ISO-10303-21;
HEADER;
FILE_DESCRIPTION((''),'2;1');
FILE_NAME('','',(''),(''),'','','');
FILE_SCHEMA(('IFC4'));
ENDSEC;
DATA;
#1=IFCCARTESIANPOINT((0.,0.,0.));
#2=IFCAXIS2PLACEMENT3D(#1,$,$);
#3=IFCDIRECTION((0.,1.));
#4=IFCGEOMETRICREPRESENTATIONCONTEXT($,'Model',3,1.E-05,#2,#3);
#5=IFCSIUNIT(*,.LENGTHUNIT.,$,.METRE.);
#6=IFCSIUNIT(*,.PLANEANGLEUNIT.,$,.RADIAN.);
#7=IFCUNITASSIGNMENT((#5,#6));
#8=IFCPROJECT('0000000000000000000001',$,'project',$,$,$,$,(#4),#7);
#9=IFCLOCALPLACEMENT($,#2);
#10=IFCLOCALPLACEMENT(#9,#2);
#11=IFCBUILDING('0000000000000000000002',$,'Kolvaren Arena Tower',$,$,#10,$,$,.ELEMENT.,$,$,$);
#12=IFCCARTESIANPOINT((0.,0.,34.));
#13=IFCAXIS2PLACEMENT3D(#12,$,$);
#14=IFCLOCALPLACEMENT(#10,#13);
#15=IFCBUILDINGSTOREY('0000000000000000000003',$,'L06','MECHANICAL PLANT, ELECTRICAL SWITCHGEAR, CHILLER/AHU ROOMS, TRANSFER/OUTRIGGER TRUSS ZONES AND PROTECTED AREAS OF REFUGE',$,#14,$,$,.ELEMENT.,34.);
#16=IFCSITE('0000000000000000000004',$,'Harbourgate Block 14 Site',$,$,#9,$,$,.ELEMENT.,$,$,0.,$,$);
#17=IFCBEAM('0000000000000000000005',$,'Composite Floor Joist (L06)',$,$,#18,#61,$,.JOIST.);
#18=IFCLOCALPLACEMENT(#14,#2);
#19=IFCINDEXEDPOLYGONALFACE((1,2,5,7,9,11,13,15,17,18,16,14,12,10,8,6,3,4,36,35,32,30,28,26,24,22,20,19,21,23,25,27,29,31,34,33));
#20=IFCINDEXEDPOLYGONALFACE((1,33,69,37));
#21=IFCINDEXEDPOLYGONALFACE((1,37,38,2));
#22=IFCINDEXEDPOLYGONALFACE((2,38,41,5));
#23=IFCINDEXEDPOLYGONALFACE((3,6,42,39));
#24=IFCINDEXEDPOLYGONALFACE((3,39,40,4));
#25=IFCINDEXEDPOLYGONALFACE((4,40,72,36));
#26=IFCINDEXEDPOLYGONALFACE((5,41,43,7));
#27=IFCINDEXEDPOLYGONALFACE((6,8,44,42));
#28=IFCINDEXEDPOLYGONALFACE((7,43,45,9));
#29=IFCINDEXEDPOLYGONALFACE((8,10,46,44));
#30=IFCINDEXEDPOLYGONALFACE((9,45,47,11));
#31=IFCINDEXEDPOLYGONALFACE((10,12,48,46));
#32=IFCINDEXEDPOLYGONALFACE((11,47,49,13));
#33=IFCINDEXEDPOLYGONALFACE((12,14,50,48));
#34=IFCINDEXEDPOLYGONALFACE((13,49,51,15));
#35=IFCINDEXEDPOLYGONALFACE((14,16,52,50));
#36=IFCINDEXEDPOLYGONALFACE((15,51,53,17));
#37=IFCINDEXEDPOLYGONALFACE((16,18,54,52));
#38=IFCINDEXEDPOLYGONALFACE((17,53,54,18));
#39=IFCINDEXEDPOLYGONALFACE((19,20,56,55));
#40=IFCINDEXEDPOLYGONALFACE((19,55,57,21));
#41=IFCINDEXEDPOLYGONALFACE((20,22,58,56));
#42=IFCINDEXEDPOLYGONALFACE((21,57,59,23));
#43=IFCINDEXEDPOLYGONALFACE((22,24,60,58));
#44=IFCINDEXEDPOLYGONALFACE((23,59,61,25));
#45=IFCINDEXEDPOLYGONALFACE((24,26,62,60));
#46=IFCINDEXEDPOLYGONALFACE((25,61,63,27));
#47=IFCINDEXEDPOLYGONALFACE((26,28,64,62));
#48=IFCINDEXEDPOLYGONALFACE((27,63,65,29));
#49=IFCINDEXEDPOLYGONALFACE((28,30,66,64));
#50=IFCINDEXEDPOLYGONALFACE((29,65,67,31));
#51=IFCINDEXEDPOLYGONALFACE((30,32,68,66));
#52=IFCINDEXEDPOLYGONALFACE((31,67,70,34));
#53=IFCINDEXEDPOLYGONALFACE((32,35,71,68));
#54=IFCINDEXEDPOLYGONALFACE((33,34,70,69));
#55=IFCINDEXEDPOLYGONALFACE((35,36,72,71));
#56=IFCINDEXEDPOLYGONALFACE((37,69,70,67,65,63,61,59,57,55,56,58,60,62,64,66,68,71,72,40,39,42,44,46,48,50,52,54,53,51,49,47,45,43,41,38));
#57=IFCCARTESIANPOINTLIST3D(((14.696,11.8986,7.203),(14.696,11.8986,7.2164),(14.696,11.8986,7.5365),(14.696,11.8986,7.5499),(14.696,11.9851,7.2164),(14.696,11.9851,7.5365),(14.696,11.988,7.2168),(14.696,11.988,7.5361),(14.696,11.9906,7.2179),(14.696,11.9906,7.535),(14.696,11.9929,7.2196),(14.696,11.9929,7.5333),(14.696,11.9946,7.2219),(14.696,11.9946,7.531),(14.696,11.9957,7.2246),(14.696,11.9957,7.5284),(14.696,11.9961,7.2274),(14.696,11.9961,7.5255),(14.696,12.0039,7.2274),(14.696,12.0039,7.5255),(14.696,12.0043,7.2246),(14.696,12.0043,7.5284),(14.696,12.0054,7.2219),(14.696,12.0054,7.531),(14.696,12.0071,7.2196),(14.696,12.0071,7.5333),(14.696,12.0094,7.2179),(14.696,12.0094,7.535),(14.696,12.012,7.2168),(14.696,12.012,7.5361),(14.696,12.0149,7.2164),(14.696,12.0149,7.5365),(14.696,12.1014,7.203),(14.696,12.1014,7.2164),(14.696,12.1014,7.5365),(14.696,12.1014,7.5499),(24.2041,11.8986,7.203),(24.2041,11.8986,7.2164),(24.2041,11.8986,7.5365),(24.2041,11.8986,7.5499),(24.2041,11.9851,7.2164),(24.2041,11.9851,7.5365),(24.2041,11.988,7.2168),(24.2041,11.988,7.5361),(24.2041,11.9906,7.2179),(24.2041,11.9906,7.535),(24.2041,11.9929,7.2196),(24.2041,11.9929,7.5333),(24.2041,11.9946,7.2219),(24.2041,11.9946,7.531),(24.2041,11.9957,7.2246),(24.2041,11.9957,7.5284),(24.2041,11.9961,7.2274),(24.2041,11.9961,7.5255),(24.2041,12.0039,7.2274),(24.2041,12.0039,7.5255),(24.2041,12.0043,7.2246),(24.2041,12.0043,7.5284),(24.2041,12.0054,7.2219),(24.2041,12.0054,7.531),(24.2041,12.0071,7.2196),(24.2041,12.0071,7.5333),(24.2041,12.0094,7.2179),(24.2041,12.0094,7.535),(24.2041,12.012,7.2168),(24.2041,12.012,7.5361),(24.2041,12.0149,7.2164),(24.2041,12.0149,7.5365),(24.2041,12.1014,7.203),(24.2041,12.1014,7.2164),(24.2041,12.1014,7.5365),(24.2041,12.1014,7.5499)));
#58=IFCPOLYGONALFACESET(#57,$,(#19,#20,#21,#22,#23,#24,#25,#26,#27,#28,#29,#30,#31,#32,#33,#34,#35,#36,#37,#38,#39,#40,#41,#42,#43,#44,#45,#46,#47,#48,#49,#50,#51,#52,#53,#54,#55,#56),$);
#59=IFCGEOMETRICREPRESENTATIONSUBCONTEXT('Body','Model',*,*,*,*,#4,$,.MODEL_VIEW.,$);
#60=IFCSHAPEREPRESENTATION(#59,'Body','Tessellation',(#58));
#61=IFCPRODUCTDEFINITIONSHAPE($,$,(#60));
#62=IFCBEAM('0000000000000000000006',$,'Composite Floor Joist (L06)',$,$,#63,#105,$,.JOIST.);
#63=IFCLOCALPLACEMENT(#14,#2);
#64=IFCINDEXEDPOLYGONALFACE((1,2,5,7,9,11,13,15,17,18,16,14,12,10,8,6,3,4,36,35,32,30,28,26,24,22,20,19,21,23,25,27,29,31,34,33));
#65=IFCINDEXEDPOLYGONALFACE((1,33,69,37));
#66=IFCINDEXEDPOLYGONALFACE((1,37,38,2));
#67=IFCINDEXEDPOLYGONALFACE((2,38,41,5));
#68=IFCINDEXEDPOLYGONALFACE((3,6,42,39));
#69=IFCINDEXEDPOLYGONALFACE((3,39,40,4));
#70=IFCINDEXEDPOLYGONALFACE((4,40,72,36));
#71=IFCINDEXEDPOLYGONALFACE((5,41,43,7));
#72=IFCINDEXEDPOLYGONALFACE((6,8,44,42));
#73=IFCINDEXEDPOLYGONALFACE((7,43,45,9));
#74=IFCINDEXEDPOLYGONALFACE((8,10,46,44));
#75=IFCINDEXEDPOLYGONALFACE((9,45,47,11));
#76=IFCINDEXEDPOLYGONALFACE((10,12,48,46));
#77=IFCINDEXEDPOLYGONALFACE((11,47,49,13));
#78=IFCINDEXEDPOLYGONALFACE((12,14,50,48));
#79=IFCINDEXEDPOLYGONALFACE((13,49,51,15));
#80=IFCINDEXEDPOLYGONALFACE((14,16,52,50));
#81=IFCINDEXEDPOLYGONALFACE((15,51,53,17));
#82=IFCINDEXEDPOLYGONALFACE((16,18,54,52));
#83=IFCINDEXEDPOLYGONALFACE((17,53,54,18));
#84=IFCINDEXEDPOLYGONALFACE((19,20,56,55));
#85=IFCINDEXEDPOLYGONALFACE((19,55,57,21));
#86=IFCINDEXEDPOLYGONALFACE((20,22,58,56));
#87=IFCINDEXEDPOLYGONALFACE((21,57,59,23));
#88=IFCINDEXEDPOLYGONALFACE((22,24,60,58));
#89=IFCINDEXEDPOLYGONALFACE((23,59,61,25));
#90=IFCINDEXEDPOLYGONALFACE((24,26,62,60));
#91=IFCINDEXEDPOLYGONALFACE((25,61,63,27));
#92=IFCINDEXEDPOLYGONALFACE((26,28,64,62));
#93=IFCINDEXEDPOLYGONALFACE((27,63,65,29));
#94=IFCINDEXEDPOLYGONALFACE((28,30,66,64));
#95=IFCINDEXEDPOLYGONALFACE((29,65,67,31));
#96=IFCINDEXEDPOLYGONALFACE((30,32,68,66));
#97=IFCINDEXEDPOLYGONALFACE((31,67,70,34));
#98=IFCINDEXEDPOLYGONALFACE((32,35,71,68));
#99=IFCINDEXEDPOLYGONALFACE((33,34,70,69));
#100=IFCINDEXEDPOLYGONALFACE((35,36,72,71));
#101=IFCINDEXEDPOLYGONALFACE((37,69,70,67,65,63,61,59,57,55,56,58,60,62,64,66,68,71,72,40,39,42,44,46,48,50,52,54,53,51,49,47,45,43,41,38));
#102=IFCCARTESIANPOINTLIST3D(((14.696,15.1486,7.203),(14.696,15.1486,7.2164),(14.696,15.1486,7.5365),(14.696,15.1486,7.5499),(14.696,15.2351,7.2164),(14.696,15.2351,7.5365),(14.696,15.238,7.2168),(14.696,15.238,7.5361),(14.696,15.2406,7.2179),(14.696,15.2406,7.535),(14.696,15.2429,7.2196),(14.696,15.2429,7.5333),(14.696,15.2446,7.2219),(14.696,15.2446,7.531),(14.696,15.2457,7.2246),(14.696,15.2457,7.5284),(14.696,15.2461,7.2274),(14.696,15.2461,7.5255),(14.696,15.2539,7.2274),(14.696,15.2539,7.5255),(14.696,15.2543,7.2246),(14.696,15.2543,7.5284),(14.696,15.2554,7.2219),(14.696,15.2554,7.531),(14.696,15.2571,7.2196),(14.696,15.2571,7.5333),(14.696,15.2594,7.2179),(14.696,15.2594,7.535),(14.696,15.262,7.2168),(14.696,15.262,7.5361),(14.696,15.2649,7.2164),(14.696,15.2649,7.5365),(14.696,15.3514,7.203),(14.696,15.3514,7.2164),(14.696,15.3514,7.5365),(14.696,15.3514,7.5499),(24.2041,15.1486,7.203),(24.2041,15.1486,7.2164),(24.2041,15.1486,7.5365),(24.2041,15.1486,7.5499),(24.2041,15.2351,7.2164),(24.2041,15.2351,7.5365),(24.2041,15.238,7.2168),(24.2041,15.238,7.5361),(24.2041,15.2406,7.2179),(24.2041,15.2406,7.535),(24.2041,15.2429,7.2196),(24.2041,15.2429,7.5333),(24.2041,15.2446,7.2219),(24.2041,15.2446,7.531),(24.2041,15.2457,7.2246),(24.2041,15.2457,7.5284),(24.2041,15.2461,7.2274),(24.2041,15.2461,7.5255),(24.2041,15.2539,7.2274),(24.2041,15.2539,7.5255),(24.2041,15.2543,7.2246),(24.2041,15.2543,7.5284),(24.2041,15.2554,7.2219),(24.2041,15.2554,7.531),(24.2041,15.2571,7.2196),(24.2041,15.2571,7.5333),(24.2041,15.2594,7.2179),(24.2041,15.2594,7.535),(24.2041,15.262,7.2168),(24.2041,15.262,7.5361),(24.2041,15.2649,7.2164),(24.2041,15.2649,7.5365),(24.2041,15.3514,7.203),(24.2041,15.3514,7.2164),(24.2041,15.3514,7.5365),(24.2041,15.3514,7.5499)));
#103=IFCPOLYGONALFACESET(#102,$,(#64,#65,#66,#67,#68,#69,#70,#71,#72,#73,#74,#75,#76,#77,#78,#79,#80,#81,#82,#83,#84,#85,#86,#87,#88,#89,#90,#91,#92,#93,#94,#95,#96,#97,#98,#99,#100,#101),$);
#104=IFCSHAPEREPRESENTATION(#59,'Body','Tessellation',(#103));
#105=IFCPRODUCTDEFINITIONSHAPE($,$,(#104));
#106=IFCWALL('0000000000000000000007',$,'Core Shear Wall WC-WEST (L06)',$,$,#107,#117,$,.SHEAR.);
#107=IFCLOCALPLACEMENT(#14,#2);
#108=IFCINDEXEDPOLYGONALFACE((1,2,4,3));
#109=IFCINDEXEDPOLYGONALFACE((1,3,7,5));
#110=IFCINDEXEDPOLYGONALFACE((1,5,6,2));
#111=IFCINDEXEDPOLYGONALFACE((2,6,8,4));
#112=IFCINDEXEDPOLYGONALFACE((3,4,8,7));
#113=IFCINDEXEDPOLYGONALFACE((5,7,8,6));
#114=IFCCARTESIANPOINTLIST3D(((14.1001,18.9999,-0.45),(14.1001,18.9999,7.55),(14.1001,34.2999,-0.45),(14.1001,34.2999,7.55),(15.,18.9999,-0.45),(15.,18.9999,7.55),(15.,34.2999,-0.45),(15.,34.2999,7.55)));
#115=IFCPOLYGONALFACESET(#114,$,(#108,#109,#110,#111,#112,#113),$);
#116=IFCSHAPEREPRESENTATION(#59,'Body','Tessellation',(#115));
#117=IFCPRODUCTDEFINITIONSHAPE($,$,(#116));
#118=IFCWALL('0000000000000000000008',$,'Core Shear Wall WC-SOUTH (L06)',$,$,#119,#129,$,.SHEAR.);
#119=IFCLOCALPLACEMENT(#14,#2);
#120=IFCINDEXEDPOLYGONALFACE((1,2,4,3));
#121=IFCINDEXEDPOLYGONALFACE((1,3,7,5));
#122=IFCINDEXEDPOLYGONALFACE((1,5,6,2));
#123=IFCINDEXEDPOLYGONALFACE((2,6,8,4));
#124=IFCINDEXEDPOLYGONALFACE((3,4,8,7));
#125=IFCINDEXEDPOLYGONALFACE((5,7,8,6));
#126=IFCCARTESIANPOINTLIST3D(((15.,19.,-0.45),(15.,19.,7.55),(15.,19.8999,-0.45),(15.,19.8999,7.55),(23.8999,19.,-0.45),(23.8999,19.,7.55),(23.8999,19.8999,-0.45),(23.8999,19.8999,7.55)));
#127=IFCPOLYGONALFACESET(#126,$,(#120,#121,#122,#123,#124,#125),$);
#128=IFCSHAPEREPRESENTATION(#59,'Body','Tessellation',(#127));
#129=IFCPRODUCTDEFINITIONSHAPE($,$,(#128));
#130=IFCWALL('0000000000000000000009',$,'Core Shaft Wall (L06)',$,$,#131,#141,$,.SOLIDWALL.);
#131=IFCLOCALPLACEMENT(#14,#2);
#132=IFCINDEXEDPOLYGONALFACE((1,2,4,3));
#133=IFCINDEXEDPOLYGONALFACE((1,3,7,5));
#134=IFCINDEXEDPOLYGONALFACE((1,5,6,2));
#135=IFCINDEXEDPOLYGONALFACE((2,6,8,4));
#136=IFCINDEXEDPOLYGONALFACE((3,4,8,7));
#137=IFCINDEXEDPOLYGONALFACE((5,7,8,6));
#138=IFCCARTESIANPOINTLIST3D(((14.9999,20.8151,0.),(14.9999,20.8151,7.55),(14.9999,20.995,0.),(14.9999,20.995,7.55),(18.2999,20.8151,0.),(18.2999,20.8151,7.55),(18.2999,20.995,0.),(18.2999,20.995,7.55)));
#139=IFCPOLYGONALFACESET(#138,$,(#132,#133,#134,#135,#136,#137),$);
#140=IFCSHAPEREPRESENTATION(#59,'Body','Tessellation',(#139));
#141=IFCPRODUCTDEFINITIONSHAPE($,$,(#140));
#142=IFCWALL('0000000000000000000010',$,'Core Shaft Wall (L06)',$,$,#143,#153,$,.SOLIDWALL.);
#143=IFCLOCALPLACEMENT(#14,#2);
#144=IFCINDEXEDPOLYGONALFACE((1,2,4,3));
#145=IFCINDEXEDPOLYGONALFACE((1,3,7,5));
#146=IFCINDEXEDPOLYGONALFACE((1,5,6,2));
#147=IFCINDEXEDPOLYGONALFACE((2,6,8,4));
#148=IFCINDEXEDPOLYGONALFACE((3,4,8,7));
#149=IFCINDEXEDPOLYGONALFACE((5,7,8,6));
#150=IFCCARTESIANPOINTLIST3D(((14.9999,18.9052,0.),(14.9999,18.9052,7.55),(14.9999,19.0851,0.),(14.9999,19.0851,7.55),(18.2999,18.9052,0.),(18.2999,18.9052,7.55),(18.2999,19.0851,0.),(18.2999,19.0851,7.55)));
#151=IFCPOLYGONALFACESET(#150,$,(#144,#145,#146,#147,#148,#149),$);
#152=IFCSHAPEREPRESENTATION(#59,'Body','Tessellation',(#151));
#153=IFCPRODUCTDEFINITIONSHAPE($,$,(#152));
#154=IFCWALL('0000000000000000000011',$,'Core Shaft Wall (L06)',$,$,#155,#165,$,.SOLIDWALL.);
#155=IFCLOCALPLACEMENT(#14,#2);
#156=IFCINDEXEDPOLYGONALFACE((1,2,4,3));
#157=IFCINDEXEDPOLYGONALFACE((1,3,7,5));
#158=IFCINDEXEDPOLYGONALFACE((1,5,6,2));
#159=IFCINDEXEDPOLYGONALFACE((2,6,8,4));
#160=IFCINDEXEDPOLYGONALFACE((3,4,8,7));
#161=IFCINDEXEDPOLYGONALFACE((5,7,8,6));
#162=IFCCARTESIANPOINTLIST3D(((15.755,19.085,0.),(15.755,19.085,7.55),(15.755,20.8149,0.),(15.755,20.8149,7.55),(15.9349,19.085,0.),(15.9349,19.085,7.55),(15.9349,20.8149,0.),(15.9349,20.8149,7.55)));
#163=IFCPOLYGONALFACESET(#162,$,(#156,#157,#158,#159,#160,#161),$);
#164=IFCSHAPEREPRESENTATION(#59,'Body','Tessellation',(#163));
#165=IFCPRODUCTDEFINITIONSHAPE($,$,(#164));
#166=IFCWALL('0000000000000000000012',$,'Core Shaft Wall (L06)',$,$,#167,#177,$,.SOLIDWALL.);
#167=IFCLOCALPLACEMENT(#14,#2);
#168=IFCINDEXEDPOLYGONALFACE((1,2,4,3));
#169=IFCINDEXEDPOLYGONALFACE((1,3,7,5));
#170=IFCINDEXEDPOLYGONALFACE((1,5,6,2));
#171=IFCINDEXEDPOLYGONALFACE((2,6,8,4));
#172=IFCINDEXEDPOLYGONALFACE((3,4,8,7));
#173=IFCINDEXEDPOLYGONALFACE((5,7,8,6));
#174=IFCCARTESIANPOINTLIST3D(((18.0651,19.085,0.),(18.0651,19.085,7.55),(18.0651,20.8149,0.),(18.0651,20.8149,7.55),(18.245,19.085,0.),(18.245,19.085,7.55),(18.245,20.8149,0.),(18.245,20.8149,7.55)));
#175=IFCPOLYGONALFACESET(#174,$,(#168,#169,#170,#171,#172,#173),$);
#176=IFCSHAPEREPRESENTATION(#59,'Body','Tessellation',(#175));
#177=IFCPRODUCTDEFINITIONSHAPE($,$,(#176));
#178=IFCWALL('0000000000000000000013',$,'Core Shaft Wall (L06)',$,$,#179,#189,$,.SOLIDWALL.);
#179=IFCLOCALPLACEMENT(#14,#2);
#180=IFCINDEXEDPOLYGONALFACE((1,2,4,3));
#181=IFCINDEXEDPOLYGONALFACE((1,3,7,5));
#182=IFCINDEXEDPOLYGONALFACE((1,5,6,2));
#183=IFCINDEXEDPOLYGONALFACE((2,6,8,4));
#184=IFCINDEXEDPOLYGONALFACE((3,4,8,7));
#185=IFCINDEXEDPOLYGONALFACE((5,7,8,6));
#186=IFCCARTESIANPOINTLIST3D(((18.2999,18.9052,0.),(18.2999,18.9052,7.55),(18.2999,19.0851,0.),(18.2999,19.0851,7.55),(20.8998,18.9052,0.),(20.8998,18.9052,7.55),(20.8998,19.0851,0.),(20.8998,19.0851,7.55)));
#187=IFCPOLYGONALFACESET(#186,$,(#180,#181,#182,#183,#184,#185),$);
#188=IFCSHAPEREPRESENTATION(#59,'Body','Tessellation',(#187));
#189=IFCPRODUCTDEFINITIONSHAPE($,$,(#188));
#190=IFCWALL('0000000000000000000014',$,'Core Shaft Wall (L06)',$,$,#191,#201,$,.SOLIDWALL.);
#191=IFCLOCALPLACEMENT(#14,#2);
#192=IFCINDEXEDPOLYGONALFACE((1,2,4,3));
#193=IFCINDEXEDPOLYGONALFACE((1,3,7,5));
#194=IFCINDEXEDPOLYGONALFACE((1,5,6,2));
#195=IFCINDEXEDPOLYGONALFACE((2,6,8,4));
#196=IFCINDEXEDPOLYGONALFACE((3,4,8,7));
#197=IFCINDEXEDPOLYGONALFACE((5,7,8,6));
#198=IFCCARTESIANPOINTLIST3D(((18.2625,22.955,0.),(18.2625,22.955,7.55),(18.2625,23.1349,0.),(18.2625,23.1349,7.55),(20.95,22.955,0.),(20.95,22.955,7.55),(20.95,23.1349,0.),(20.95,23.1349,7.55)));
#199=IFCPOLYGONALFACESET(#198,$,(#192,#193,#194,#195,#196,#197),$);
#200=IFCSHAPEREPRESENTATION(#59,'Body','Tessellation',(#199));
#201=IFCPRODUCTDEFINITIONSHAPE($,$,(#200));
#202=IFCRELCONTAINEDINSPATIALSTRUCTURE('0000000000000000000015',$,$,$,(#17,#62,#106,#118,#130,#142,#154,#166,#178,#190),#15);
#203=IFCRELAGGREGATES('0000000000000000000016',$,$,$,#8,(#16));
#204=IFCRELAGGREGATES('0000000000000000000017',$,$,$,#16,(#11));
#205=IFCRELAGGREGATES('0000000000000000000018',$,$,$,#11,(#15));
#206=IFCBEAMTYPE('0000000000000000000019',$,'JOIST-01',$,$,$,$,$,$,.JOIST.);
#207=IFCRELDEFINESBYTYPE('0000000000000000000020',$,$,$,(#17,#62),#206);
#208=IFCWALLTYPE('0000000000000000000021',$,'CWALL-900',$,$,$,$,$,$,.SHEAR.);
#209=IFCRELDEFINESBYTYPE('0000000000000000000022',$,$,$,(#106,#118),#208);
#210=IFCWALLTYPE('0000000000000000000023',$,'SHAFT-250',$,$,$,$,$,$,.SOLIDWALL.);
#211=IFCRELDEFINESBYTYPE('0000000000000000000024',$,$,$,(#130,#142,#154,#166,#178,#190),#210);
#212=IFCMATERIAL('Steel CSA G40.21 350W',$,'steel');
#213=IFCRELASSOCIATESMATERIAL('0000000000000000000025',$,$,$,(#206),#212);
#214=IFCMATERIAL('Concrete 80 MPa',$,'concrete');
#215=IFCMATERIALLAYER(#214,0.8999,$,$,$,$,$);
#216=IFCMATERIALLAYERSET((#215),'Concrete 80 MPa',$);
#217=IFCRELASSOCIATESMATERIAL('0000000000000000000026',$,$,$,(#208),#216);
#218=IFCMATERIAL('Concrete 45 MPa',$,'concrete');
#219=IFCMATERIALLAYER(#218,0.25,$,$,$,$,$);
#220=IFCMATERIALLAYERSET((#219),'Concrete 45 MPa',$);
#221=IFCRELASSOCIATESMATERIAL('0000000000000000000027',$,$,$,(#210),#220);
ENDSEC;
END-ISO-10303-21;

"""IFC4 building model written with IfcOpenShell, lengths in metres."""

from ifc_helpers import new_model, si_unit, direction, frame, frame_2d, origin, origin_2d, place, context, subcontext, project, spatial, rectangle, i_section, extrude, material, layer, layer_set, material_profile, profile_set, type_object, element, save


model = new_model("IFC4")

# Units and contexts
model_context = context("Model", 3, precision=1e-05, world=origin(), true_north=direction((0.0, 1.0)))
body_context = subcontext(model_context, "Body", "Model", "MODEL_VIEW")
ifc_project = project(units=[si_unit("LENGTHUNIT", "METRE"), si_unit("PLANEANGLEUNIT", "RADIAN")], contexts=[model_context])

# Site, building, storey
site_placement = place(None, origin())
site = spatial("IfcSite", under=ifc_project, at=site_placement, Name="Harbourgate Block 14 Site", CompositionType="ELEMENT", RefElevation=0.0)
building_placement = place(site_placement, origin())
building = spatial("IfcBuilding", under=site, at=building_placement, Name="Kolvaren Arena Tower", CompositionType="ELEMENT")
storey_placement = place(building_placement, frame((0.0, 0.0, 34.0)))
storey = spatial("IfcBuildingStorey", under=building, at=storey_placement, Name="L06", Description="MECHANICAL PLANT, ELECTRICAL SWITCHGEAR, CHILLER/AHU ROOMS, TRANSFER/OUTRIGGER TRUSS ZONES AND PROTECTED AREAS OF REFUGE", CompositionType="ELEMENT", Elevation=34.0)

# Beams
ifc_material_1 = material(Name="Steel CSA G40.21 350W", Category="steel")
ifc_material_profile_1 = material_profile(ifc_material_1, i_section(OverallWidth=0.2029, OverallDepth=0.3469, WebThickness=0.0078, FlangeThickness=0.0134, FilletRadius=0.011, at=origin_2d()), Name="W360x64")
ifc_profile_set_1 = profile_set([ifc_material_profile_1], Name="Steel CSA G40.21 350W")
beam_type_1 = type_object("IfcBeamType", Name="JOIST-01", PredefinedType="JOIST", material=ifc_profile_set_1)
for number, where, z_axis, x_axis, name in (
    (1, (14.696, 12.0, 7.3765), (1.0, 0.0, 0.0), (0.0, 1.0, 0.0), "Composite Floor Joist (L06)"),
    (2, (14.696, 15.25, 7.3765), (1.0, 0.0, 0.0), (0.0, 1.0, 0.0), "Composite Floor Joist (L06)"),
):
    element("IfcBeam", number, at=place(storey_placement, frame(where, z_axis=z_axis, x_axis=x_axis)), inside=storey, type_object=beam_type_1, Name=name, PredefinedType="JOIST", context=body_context, shape_type="SweptSolid", body=[
        extrude(i_section(OverallWidth=0.2029, OverallDepth=0.3469, WebThickness=0.0078, FlangeThickness=0.0134, FilletRadius=0.011, at=origin_2d()), origin(), (0.0, 0.0, 1.0), 9.5081),
    ])

# Walls
ifc_material_2 = material(Name="Concrete 80 MPa", Category="concrete")
ifc_layer_1 = layer(ifc_material_2, 0.8999)
ifc_layer_set_1 = layer_set([ifc_layer_1], Name="Concrete 80 MPa")
wall_type_1 = type_object("IfcWallType", Name="CWALL-900", PredefinedType="SHEAR", material=ifc_layer_set_1)
wall_1_placement = place(storey_placement, frame((14.55, 19.0, -0.45), z_axis=(0.0, 0.0, 1.0), x_axis=(0.0, 1.0, 0.0)))
element("IfcWall", 3, at=wall_1_placement, inside=storey, type_object=wall_type_1, Name="Core Shear Wall WC-WEST (L06)", PredefinedType="SHEAR", context=body_context, shape_type="SweptSolid", body=[
    extrude(rectangle(XDim=15.3, YDim=0.8999, at=frame_2d((7.6499, 0.0))), origin(), (0.0, 0.0, 1.0), 8.0),
])
wall_2_placement = place(storey_placement, frame((15.0, 19.45, -0.45), z_axis=(0.0, 0.0, 1.0), x_axis=(1.0, 0.0, 0.0)))
element("IfcWall", 4, at=wall_2_placement, inside=storey, type_object=wall_type_1, Name="Core Shear Wall WC-SOUTH (L06)", PredefinedType="SHEAR", context=body_context, shape_type="SweptSolid", body=[
    extrude(rectangle(XDim=8.8999, YDim=0.8999, at=frame_2d((4.45, 0.0))), origin(), (0.0, 0.0, 1.0), 8.0),
])
ifc_material_3 = material(Name="Concrete 45 MPa", Category="concrete")
ifc_layer_2 = layer(ifc_material_3, 0.25)
ifc_layer_set_2 = layer_set([ifc_layer_2], Name="Concrete 45 MPa")
wall_type_2 = type_object("IfcWallType", Name="SHAFT-250", PredefinedType="SOLIDWALL", material=ifc_layer_set_2)
for number, where, z_axis, x_axis, name in (
    (5, (15.0, 20.905, 0.0), (0.0, 0.0, 1.0), (1.0, 0.0, 0.0), "Core Shaft Wall (L06)"),
    (6, (15.0, 18.9951, 0.0), (0.0, 0.0, 1.0), (1.0, 0.0, 0.0), "Core Shaft Wall (L06)"),
):
    element("IfcWall", number, at=place(storey_placement, frame(where, z_axis=z_axis, x_axis=x_axis)), inside=storey, type_object=wall_type_2, Name=name, PredefinedType="SOLIDWALL", context=body_context, shape_type="SweptSolid", body=[
        extrude(rectangle(XDim=3.3, YDim=0.1799, at=frame_2d((1.6499, 0.0))), origin(), (0.0, 0.0, 1.0), 7.55),
    ])
for number, where, z_axis, x_axis, name in (
    (7, (15.845, 19.085, 0.0), (0.0, 0.0, 1.0), (0.0, 1.0, 0.0), "Core Shaft Wall (L06)"),
    (8, (18.155, 19.085, 0.0), (0.0, 0.0, 1.0), (0.0, 1.0, 0.0), "Core Shaft Wall (L06)"),
):
    element("IfcWall", number, at=place(storey_placement, frame(where, z_axis=z_axis, x_axis=x_axis)), inside=storey, type_object=wall_type_2, Name=name, PredefinedType="SOLIDWALL", context=body_context, shape_type="SweptSolid", body=[
        extrude(rectangle(XDim=1.73, YDim=0.1799, at=frame_2d((0.865, 0.0))), origin(), (0.0, 0.0, 1.0), 7.55),
    ])
wall_3_placement = place(storey_placement, frame((18.3, 18.9951, 0.0), z_axis=(0.0, 0.0, 1.0), x_axis=(1.0, 0.0, 0.0)))
element("IfcWall", 9, at=wall_3_placement, inside=storey, type_object=wall_type_2, Name="Core Shaft Wall (L06)", PredefinedType="SOLIDWALL", context=body_context, shape_type="SweptSolid", body=[
    extrude(rectangle(XDim=2.5999, YDim=0.1799, at=frame_2d((1.2998, 0.0))), origin(), (0.0, 0.0, 1.0), 7.55),
])
wall_4_placement = place(storey_placement, frame((18.2625, 23.0449, 0.0), z_axis=(0.0, 0.0, 1.0), x_axis=(1.0, 0.0, 0.0)))
element("IfcWall", 10, at=wall_4_placement, inside=storey, type_object=wall_type_2, Name="Core Shaft Wall (L06)", PredefinedType="SOLIDWALL", context=body_context, shape_type="SweptSolid", body=[
    extrude(rectangle(XDim=2.6875, YDim=0.1799, at=frame_2d((1.3438, 0.0))), origin(), (0.0, 0.0, 1.0), 7.55),
])

save(model, "model.ifc")
